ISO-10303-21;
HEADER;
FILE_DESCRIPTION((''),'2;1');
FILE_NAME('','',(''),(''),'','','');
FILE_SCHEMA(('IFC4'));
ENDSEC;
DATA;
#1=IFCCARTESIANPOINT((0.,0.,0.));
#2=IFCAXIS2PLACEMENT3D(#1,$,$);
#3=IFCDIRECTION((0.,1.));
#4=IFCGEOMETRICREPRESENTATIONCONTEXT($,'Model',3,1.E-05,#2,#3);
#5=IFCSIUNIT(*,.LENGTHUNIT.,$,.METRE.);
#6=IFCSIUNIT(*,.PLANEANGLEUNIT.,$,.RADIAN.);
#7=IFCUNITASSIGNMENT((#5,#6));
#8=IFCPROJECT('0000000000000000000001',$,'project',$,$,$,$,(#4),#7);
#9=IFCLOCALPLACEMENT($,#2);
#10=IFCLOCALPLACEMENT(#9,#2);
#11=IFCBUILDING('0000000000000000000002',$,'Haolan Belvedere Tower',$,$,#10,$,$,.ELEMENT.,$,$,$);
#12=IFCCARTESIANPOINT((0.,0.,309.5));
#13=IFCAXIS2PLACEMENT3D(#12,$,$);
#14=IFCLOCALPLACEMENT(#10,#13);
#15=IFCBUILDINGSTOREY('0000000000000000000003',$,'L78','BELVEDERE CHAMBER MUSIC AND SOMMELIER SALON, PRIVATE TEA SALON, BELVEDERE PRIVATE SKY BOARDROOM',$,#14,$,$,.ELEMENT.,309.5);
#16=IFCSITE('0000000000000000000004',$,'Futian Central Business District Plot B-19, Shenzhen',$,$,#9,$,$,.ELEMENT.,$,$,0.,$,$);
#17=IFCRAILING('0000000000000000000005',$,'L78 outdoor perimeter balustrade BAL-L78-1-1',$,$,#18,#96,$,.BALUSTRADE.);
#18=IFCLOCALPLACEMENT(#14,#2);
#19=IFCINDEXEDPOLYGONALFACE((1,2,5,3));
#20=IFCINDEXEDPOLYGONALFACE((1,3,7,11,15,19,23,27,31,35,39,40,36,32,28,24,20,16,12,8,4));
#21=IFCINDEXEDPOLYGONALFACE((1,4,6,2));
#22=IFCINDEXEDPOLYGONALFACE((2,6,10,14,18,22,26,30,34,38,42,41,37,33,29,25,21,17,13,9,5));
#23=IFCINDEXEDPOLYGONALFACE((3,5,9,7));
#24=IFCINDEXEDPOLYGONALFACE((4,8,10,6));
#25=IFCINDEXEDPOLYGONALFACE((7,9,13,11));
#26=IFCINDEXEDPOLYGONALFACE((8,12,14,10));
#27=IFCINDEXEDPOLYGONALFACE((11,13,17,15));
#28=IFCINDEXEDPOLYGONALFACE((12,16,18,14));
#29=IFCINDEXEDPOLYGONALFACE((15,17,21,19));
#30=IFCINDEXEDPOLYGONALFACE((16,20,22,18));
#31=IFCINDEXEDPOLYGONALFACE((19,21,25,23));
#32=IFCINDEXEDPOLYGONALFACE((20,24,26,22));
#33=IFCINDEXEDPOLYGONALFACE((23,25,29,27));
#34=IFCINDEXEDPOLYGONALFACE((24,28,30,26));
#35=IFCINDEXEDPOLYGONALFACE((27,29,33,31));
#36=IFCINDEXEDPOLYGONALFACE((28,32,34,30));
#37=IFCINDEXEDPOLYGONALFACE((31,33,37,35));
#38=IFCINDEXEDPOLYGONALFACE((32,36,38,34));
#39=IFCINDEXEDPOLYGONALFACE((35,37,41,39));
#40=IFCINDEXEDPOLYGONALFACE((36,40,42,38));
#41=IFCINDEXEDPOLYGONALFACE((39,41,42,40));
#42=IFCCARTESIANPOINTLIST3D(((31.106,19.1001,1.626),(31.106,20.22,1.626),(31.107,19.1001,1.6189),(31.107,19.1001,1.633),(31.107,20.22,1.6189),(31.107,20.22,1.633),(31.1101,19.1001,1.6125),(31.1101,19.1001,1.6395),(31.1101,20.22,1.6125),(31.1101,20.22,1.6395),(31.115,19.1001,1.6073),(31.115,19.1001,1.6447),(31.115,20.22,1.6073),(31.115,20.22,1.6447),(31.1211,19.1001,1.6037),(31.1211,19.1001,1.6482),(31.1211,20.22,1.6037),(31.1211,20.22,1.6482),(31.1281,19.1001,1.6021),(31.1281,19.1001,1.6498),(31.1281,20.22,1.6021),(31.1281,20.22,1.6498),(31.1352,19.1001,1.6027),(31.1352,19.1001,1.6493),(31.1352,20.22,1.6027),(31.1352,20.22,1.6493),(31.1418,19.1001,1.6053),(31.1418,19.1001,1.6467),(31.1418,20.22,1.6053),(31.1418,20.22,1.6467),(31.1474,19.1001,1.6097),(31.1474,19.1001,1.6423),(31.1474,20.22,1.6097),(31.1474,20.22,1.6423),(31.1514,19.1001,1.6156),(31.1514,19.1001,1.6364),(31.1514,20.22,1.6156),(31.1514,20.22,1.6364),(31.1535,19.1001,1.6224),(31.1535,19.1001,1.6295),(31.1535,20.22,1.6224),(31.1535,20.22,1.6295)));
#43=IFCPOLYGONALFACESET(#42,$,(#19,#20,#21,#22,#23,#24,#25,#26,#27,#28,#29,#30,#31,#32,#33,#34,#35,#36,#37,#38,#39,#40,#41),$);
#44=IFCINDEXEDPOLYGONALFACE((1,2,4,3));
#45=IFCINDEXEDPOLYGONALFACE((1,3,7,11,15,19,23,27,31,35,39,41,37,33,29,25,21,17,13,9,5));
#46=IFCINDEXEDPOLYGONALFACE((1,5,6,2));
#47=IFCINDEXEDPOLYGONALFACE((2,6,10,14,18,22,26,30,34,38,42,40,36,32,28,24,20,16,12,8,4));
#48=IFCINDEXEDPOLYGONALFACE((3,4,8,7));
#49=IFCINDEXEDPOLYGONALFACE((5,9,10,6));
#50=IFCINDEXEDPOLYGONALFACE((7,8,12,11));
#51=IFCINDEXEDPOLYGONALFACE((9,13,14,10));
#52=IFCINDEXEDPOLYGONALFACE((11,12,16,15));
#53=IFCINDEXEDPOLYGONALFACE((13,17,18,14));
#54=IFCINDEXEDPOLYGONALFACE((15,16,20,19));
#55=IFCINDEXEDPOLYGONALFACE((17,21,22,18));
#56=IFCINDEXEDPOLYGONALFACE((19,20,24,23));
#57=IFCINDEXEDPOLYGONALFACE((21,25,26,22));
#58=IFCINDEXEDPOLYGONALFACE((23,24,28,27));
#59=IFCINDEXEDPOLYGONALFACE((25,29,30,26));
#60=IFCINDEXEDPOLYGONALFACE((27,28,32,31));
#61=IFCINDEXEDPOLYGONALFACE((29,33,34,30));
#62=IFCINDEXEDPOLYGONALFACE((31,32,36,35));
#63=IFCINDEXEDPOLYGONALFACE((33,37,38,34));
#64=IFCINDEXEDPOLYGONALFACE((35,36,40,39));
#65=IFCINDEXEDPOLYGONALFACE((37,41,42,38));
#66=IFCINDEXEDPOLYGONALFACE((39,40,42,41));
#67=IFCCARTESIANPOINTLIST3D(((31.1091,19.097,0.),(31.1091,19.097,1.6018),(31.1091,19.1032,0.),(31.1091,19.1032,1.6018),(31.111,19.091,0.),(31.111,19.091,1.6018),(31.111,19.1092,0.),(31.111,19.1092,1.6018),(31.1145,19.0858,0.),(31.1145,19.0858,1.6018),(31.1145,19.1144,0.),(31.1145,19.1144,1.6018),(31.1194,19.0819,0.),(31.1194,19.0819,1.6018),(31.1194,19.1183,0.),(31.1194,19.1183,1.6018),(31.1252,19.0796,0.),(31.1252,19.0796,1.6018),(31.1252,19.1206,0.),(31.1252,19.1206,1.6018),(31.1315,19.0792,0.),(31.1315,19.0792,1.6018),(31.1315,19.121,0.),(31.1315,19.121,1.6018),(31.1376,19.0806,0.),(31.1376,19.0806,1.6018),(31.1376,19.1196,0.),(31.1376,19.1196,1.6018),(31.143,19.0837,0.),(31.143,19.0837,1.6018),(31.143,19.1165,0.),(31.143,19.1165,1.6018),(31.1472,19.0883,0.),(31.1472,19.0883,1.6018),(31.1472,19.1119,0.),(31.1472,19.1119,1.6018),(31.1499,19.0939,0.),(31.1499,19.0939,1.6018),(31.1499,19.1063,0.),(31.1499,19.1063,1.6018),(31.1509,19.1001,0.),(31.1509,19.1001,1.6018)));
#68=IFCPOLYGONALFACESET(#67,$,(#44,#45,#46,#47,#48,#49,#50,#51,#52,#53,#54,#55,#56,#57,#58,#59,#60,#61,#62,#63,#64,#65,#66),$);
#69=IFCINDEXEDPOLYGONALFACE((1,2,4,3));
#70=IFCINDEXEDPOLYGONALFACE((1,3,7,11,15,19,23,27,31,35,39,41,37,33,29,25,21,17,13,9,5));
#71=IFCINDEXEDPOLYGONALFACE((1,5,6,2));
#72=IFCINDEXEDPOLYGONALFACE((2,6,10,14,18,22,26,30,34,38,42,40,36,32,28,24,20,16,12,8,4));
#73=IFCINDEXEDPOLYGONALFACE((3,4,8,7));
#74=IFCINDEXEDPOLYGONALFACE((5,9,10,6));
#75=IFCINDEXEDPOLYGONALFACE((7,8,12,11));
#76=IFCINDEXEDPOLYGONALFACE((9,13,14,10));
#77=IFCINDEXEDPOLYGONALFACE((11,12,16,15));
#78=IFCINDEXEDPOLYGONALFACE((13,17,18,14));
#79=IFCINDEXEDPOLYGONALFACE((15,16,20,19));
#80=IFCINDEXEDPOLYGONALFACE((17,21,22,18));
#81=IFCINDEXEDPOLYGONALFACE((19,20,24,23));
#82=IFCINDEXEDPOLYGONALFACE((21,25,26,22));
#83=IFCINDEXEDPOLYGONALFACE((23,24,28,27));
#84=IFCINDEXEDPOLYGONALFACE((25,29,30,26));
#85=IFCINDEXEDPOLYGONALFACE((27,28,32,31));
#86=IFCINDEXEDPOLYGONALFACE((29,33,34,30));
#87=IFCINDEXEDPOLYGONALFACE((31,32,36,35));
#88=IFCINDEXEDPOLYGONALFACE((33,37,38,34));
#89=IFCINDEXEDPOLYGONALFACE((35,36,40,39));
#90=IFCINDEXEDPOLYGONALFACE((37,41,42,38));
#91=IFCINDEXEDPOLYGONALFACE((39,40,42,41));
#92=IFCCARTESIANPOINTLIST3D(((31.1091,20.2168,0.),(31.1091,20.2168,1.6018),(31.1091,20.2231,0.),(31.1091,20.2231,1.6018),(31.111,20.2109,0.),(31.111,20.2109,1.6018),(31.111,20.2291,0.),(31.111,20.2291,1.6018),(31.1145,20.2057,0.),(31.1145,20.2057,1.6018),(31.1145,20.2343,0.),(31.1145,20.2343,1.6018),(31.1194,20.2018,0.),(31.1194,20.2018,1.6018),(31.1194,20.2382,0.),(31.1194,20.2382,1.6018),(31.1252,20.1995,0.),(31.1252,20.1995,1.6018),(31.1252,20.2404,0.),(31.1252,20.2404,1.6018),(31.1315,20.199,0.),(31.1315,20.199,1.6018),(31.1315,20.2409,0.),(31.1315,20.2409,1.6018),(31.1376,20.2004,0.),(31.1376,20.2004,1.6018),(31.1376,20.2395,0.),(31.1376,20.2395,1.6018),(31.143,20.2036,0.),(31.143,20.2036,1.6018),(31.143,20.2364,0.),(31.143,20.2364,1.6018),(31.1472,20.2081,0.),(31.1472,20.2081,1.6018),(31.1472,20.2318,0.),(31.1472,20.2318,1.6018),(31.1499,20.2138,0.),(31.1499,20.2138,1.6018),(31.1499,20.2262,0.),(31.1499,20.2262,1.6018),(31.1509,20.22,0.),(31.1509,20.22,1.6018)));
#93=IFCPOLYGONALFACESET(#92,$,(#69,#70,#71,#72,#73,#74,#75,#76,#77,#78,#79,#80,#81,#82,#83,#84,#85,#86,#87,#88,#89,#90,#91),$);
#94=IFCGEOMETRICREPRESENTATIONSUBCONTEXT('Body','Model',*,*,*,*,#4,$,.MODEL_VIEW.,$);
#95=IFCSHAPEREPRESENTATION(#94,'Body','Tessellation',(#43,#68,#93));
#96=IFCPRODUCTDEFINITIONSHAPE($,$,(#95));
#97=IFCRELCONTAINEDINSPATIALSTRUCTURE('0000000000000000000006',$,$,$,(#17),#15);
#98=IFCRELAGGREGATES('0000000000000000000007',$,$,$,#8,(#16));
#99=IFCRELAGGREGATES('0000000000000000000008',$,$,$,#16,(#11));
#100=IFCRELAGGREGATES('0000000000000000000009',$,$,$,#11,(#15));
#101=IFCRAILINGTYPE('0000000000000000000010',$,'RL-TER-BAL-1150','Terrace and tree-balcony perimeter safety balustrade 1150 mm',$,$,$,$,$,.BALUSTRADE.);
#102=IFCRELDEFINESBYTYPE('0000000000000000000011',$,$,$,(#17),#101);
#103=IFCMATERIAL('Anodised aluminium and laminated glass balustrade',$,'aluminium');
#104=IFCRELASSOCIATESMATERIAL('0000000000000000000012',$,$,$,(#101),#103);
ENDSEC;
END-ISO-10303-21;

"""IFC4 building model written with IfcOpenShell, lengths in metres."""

from ifc_helpers import new_model, si_unit, direction, frame, origin, origin_2d, place, context, subcontext, project, spatial, circle, extrude, material, type_object, element, save


model = new_model("IFC4")

# Units and contexts
model_context = context("Model", 3, precision=1e-05, world=origin(), true_north=direction((0.0, 1.0)))
body_context = subcontext(model_context, "Body", "Model", "MODEL_VIEW")
ifc_project = project(units=[si_unit("LENGTHUNIT", "METRE"), si_unit("PLANEANGLEUNIT", "RADIAN")], contexts=[model_context])

# Site, building, storey
site_placement = place(None, origin())
site = spatial("IfcSite", under=ifc_project, at=site_placement, Name="Futian Central Business District Plot B-19, Shenzhen", CompositionType="ELEMENT", RefElevation=0.0)
building_placement = place(site_placement, origin())
building = spatial("IfcBuilding", under=site, at=building_placement, Name="Haolan Belvedere Tower", CompositionType="ELEMENT")
storey_placement = place(building_placement, frame((0.0, 0.0, 309.5)))
storey = spatial("IfcBuildingStorey", under=building, at=storey_placement, Name="L78", Description="BELVEDERE CHAMBER MUSIC AND SOMMELIER SALON, PRIVATE TEA SALON, BELVEDERE PRIVATE SKY BOARDROOM", CompositionType="ELEMENT", Elevation=309.5)

# Railing
ifc_material_1 = material(Name="Anodised aluminium and laminated glass balustrade", Category="aluminium")
railing_type = type_object("IfcRailingType", Name="RL-TER-BAL-1150", Description="Terrace and tree-balcony perimeter safety balustrade 1150 mm", PredefinedType="BALUSTRADE", material=ifc_material_1)
railing_1_placement = place(storey_placement, frame((31.1299, 19.1001, 0.0)))
element("IfcRailing", 1, at=railing_1_placement, inside=storey, type_object=railing_type, Name="L78 outdoor perimeter balustrade BAL-L78-1-1", PredefinedType="BALUSTRADE", context=body_context, shape_type="SweptSolid", body=[
    extrude(circle(Radius=0.0239, at=origin_2d()), frame((0.0, 0.0, 1.626), z_axis=(0.0, 1.0, 0.0), x_axis=(-1.0, 0.0, 0.0)), (0.0, 0.0, 1.0), 1.1199),
    extrude(circle(Radius=0.021, at=origin_2d()), origin(), (0.0, 0.0, 1.0), 1.6018),
    extrude(circle(Radius=0.021, at=origin_2d()), frame((0.0, 1.1199, 0.0)), (0.0, 0.0, 1.0), 1.6018),
])

save(model, "model.ifc")
